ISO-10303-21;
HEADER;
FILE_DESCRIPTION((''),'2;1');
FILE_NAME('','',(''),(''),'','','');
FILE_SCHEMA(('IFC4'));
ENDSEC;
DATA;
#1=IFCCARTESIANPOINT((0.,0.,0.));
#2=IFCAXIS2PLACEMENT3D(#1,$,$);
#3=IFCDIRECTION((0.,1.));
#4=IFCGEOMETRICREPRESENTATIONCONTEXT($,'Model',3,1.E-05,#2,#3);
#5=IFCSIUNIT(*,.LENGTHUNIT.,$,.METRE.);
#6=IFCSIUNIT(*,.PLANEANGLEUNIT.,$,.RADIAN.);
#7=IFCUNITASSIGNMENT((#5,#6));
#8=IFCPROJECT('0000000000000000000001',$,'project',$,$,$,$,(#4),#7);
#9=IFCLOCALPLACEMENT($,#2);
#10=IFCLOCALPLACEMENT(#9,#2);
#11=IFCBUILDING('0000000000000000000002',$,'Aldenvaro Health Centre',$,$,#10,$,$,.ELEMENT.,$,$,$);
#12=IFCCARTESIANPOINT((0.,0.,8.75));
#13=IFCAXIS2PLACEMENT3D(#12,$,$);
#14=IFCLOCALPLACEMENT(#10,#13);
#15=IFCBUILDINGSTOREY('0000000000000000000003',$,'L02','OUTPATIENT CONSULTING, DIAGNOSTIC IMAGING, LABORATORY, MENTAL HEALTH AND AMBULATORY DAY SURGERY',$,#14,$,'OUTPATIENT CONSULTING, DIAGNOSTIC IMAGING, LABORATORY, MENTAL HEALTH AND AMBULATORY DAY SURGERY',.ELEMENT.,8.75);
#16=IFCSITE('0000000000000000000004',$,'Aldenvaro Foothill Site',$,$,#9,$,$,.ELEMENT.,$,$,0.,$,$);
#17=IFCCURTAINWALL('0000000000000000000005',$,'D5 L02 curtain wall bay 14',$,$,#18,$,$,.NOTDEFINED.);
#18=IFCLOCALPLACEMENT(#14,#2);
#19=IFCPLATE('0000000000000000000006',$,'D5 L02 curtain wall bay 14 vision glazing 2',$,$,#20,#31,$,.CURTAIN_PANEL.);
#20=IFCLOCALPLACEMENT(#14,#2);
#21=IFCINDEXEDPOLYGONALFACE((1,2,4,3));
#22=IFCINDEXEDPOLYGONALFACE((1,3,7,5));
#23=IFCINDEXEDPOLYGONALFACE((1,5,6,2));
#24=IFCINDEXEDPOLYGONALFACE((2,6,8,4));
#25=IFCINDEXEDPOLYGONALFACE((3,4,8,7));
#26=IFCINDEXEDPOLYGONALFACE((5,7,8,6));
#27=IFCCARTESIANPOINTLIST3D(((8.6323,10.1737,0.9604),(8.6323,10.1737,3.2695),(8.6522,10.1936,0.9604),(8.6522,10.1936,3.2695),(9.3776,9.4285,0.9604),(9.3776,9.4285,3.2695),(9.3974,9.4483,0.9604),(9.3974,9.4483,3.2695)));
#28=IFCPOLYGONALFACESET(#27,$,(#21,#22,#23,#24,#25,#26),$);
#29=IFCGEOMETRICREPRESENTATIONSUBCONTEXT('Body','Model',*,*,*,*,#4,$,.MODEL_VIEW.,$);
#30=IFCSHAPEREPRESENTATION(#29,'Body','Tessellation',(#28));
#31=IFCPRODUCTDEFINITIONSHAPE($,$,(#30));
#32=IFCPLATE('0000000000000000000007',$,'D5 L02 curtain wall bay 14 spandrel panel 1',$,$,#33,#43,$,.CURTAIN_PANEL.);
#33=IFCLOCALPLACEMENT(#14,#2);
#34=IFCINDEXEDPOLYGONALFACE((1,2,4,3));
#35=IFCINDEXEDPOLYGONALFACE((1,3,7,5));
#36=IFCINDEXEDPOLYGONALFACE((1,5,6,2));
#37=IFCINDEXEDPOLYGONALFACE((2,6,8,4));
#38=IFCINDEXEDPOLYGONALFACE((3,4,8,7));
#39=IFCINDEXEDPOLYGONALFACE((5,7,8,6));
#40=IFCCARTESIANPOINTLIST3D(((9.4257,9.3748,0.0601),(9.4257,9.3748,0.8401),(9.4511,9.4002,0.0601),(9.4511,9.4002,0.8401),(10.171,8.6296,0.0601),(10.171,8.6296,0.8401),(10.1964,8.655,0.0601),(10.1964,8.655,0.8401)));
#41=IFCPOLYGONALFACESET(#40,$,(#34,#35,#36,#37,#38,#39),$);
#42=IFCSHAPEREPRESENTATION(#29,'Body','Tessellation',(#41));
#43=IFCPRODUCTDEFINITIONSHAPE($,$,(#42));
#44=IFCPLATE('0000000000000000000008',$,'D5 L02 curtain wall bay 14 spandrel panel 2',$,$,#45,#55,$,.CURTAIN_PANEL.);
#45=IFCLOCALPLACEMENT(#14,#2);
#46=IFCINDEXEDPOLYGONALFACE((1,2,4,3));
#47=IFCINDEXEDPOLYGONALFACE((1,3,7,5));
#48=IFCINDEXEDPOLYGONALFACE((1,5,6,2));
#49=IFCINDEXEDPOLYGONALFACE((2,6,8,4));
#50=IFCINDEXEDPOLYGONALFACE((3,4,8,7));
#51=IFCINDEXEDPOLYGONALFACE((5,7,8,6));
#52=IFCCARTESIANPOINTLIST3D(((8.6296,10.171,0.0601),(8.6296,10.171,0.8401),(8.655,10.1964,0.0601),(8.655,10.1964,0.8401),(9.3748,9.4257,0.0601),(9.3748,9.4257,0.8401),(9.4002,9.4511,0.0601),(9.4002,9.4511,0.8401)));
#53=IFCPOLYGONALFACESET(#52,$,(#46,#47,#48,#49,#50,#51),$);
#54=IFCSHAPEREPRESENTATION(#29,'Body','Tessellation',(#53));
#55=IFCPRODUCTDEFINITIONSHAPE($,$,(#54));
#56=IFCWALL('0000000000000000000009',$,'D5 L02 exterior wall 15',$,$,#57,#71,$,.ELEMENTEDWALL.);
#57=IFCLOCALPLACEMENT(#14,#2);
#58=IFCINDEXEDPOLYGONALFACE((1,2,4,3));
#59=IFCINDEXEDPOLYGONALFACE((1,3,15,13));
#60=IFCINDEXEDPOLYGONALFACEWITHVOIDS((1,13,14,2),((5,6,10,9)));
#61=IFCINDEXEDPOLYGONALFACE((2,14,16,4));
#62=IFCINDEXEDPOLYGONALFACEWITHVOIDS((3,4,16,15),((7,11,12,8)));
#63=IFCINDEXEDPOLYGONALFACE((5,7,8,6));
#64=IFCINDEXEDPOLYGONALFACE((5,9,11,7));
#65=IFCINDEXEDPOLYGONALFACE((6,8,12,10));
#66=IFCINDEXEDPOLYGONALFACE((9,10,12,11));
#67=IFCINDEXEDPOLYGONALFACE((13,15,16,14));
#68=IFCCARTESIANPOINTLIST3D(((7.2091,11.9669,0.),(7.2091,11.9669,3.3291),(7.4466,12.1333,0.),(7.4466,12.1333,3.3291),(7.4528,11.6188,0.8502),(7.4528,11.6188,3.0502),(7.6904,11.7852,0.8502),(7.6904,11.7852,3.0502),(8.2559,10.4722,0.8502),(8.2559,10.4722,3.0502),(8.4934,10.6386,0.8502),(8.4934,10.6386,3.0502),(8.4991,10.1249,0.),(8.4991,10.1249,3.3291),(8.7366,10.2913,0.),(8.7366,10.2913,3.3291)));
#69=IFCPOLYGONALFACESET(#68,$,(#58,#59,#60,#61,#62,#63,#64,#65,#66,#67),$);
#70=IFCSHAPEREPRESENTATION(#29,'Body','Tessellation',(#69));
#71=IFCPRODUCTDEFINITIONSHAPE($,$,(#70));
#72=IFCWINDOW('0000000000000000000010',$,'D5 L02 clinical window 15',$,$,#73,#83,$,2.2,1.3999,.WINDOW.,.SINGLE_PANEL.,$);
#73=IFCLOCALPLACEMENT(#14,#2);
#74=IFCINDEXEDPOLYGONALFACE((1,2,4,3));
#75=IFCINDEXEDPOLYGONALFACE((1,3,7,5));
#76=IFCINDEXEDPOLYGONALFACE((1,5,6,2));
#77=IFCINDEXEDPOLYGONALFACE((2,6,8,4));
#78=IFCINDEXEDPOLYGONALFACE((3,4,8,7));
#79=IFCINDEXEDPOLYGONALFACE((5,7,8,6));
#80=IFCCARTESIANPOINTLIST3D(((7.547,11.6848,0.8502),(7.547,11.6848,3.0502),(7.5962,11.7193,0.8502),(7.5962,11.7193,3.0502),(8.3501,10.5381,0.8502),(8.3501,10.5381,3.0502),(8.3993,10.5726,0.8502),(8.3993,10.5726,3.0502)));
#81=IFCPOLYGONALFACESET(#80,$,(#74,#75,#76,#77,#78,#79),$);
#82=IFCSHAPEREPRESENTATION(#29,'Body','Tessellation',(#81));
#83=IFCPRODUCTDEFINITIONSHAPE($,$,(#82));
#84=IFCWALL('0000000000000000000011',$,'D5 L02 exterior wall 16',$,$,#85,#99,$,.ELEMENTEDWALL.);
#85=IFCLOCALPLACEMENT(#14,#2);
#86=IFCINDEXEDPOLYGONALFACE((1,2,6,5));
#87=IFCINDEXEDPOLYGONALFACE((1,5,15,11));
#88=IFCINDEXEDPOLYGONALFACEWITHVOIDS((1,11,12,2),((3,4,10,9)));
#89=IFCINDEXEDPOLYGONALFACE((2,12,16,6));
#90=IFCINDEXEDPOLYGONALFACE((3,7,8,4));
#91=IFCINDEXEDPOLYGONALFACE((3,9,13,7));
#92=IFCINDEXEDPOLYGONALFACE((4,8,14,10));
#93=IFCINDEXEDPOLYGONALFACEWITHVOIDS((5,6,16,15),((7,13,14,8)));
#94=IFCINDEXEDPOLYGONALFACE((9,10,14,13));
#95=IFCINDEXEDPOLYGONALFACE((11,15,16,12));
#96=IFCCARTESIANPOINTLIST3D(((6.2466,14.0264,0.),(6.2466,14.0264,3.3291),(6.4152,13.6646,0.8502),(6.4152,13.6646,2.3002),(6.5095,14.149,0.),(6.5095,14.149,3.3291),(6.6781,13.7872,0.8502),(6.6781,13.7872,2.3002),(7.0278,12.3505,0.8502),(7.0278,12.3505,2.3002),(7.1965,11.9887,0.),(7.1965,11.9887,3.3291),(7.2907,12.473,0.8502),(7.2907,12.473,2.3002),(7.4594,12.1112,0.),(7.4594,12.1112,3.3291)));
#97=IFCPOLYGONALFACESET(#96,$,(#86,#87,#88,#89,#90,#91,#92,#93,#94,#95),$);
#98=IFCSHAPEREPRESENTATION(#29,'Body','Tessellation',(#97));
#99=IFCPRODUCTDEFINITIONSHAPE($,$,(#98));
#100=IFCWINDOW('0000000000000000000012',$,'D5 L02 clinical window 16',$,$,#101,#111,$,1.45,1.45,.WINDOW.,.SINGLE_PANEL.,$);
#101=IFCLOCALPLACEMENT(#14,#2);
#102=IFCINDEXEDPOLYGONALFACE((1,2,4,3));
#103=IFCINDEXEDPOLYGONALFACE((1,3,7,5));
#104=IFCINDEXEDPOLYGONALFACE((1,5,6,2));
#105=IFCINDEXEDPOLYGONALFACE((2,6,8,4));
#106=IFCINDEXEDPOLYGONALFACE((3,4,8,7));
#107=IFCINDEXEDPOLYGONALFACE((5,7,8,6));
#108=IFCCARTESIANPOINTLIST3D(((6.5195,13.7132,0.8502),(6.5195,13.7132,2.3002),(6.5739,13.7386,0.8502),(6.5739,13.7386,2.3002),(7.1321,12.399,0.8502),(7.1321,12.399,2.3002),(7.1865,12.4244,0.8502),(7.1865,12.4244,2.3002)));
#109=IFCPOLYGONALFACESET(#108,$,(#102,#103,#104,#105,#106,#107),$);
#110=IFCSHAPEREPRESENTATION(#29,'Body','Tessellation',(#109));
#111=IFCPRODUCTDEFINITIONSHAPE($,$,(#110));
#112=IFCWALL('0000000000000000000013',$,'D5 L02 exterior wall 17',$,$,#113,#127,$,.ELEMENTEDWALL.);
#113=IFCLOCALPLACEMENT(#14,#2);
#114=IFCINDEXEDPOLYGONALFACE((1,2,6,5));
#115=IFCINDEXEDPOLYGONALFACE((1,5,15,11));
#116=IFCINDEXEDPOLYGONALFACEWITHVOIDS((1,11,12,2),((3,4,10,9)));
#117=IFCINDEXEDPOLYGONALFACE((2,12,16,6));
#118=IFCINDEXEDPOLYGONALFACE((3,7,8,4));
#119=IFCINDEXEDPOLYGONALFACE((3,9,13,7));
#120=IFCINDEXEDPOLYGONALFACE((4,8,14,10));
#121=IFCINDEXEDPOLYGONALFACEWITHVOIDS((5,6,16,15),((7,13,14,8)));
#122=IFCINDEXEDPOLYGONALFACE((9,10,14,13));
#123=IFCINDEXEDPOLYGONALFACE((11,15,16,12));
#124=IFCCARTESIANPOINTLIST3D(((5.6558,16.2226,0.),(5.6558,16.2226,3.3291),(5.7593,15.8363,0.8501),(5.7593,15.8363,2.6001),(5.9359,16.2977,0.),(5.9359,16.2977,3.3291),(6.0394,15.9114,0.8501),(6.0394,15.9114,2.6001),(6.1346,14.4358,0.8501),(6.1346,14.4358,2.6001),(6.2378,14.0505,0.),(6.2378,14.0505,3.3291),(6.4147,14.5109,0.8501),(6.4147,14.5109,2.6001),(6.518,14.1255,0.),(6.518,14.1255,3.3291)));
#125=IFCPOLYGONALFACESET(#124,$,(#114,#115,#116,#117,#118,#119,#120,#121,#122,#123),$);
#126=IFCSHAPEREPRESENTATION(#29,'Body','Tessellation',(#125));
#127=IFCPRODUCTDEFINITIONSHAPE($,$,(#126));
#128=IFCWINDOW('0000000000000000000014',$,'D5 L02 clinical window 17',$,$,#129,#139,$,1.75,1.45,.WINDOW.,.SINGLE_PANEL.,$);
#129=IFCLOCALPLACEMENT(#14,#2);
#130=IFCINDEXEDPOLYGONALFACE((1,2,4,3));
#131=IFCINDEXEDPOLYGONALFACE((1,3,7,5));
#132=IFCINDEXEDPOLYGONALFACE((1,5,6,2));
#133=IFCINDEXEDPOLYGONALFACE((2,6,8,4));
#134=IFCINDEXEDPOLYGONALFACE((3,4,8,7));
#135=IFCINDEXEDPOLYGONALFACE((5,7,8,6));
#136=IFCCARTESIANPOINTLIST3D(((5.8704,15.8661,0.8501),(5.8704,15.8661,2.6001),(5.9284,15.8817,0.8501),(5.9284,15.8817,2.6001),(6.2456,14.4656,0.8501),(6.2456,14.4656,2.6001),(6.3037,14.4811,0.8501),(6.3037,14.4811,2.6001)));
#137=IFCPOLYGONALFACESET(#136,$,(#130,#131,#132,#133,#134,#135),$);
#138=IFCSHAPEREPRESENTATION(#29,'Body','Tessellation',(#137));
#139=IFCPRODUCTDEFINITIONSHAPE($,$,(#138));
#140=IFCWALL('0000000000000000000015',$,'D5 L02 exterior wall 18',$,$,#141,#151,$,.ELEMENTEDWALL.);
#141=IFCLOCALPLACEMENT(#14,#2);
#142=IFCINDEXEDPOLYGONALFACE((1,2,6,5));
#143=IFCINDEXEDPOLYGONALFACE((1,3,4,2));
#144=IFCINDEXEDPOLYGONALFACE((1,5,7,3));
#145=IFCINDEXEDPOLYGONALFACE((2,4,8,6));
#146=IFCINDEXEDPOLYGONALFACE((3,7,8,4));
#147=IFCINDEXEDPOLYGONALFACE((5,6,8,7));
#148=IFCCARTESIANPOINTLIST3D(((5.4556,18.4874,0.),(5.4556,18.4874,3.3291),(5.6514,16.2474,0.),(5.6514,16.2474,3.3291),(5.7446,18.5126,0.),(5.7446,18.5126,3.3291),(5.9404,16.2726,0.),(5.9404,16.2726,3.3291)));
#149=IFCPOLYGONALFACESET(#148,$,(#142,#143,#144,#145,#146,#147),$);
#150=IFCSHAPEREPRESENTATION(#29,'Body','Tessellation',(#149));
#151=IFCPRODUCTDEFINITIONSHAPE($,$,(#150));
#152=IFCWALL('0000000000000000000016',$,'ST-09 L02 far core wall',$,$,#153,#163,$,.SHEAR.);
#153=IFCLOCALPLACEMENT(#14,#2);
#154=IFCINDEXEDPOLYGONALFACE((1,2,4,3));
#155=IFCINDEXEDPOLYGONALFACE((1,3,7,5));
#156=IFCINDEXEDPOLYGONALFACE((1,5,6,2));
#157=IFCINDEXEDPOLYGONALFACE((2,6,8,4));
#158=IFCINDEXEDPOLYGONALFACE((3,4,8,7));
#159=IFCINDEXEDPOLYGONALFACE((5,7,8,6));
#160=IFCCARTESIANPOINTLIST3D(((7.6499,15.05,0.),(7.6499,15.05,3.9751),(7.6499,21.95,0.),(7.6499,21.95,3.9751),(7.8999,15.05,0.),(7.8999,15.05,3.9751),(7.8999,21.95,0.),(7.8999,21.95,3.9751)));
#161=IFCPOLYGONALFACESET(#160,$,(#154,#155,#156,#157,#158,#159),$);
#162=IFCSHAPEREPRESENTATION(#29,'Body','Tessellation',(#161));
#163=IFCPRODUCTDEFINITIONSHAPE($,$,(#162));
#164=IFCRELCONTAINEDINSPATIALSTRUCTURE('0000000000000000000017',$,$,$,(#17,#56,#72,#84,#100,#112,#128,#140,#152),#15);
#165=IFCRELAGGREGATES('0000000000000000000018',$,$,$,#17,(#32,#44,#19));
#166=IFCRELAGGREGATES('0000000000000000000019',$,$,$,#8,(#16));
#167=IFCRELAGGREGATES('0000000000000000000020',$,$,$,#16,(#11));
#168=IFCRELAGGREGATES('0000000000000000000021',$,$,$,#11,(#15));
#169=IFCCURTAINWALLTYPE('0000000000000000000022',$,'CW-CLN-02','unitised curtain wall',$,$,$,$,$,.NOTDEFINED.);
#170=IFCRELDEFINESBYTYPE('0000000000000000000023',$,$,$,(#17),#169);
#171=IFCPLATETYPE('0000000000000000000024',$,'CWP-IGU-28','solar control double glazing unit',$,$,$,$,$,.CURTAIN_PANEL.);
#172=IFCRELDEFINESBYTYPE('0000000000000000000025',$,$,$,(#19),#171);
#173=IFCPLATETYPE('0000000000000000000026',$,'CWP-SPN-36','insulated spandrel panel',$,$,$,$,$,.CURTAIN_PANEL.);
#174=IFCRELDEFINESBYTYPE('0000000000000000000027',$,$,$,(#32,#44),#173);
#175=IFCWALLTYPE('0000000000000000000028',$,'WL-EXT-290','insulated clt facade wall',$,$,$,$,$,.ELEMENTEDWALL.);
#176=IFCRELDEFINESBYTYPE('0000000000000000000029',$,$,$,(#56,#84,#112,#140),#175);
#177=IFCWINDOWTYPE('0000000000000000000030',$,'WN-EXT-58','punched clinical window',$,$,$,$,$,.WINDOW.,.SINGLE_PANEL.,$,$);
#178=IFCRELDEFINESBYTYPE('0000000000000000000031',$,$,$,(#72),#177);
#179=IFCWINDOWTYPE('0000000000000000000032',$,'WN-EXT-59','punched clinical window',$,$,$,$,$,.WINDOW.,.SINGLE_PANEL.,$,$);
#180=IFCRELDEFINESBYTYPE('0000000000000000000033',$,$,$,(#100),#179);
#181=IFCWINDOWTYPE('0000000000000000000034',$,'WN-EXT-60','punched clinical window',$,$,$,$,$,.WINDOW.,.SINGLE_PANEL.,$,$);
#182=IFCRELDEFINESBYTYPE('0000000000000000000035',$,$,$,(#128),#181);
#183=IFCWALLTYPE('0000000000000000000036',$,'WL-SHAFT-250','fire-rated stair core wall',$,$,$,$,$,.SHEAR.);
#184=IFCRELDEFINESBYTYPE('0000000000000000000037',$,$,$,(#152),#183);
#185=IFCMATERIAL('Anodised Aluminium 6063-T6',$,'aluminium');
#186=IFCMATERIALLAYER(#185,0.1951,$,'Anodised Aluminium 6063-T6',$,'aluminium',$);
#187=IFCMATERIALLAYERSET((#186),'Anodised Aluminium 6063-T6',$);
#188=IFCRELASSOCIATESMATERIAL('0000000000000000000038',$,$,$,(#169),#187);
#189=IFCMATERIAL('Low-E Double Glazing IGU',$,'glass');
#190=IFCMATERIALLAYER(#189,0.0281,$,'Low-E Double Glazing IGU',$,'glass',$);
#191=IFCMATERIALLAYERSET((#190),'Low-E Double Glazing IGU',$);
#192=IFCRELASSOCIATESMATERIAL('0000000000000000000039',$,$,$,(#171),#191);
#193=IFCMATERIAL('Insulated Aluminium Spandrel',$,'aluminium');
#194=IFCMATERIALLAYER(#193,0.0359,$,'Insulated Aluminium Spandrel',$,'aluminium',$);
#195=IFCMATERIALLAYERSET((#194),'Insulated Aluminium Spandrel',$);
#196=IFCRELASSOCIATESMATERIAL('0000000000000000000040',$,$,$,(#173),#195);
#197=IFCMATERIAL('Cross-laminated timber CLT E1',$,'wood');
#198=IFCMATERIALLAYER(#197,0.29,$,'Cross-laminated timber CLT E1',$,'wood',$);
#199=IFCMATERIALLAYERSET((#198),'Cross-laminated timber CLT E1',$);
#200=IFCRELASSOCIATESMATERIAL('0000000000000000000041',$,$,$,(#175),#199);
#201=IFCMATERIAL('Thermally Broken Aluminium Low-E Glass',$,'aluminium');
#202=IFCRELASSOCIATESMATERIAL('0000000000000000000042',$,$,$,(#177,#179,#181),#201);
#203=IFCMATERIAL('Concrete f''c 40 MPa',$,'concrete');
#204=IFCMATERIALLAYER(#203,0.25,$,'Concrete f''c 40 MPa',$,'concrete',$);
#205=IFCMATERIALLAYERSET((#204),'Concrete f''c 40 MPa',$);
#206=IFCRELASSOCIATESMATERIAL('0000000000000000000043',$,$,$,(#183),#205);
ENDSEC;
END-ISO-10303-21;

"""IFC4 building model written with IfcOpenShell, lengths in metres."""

from ifc_helpers import new_model, si_unit, direction, frame, frame_2d, origin, origin_2d, place, context, subcontext, project, spatial, rectangle, extrude, material, layer, layer_set, type_object, element, fill, aggregate, save


model = new_model("IFC4")

# Units and contexts
model_context = context("Model", 3, precision=1e-05, world=origin(), true_north=direction((0.0, 1.0)))
body_context = subcontext(model_context, "Body", "Model", "MODEL_VIEW")
ifc_project = project(units=[si_unit("LENGTHUNIT", "METRE"), si_unit("PLANEANGLEUNIT", "RADIAN")], contexts=[model_context])

# Site, building, storey
site_placement = place(None, origin())
site = spatial("IfcSite", under=ifc_project, at=site_placement, Name="Aldenvaro Foothill Site", CompositionType="ELEMENT", RefElevation=0.0)
building_placement = place(site_placement, origin())
building = spatial("IfcBuilding", under=site, at=building_placement, Name="Aldenvaro Health Centre", CompositionType="ELEMENT")
storey_placement = place(building_placement, frame((0.0, 0.0, 8.75)))
storey = spatial("IfcBuildingStorey", under=building, at=storey_placement, Name="L02", Description="OUTPATIENT CONSULTING, DIAGNOSTIC IMAGING, LABORATORY, MENTAL HEALTH AND AMBULATORY DAY SURGERY", LongName="OUTPATIENT CONSULTING, DIAGNOSTIC IMAGING, LABORATORY, MENTAL HEALTH AND AMBULATORY DAY SURGERY", CompositionType="ELEMENT", Elevation=8.75)

# Curtain wall
ifc_material_1 = material(Name="Anodised Aluminium 6063-T6", Category="aluminium")
ifc_layer_1 = layer(ifc_material_1, 0.1951, Name="Anodised Aluminium 6063-T6", Category="aluminium")
ifc_layer_set_1 = layer_set([ifc_layer_1], Name="Anodised Aluminium 6063-T6")
curtain_wall_type = type_object("IfcCurtainWallType", Name="CW-CLN-02", Description="unitised curtain wall", PredefinedType="NOTDEFINED", material=ifc_layer_set_1)
curtain_wall_placement = place(storey_placement, origin())
curtain_wall = element("IfcCurtainWall", 1, at=curtain_wall_placement, inside=storey, type_object=curtain_wall_type, Name="D5 L02 curtain wall bay 14", PredefinedType="NOTDEFINED")

# Plates
ifc_material_2 = material(Name="Low-E Double Glazing IGU", Category="glass")
ifc_layer_2 = layer(ifc_material_2, 0.0281, Name="Low-E Double Glazing IGU", Category="glass")
ifc_layer_set_2 = layer_set([ifc_layer_2], Name="Low-E Double Glazing IGU")
plate_type_1 = type_object("IfcPlateType", Name="CWP-IGU-28", Description="solar control double glazing unit", PredefinedType="CURTAIN_PANEL", material=ifc_layer_set_2)
plate_1_placement = place(storey_placement, frame((9.0149, 9.811, 0.9604), z_axis=(0.0, 0.0, 1.0), x_axis=(-0.707107, 0.707107, 0.0)))
plate_1 = element("IfcPlate", 2, at=plate_1_placement, type_object=plate_type_1, Name="D5 L02 curtain wall bay 14 vision glazing 2", PredefinedType="CURTAIN_PANEL", context=body_context, shape_type="SweptSolid", body=[
    extrude(rectangle(XDim=1.054, YDim=0.0281, at=origin_2d()), origin(), (0.0, 0.0, 1.0), 2.3091),
])
ifc_material_3 = material(Name="Insulated Aluminium Spandrel", Category="aluminium")
ifc_layer_3 = layer(ifc_material_3, 0.0359, Name="Insulated Aluminium Spandrel", Category="aluminium")
ifc_layer_set_3 = layer_set([ifc_layer_3], Name="Insulated Aluminium Spandrel")
plate_type_2 = type_object("IfcPlateType", Name="CWP-SPN-36", Description="insulated spandrel panel", PredefinedType="CURTAIN_PANEL", material=ifc_layer_set_3)
plate_2_placement = place(storey_placement, frame((9.811, 9.0149, 0.0601), z_axis=(0.0, 0.0, 1.0), x_axis=(-0.707107, 0.707107, 0.0)))
plate_2 = element("IfcPlate", 3, at=plate_2_placement, type_object=plate_type_2, Name="D5 L02 curtain wall bay 14 spandrel panel 1", PredefinedType="CURTAIN_PANEL", context=body_context, shape_type="SweptSolid", body=[
    extrude(rectangle(XDim=1.054, YDim=0.0359, at=origin_2d()), origin(), (0.0, 0.0, 1.0), 0.78),
])
plate_3_placement = place(storey_placement, frame((9.0149, 9.811, 0.0601), z_axis=(0.0, 0.0, 1.0), x_axis=(-0.707107, 0.707107, 0.0)))
plate_3 = element("IfcPlate", 4, at=plate_3_placement, type_object=plate_type_2, Name="D5 L02 curtain wall bay 14 spandrel panel 2", PredefinedType="CURTAIN_PANEL", context=body_context, shape_type="SweptSolid", body=[
    extrude(rectangle(XDim=1.054, YDim=0.0359, at=origin_2d()), origin(), (0.0, 0.0, 1.0), 0.78),
])
aggregate(curtain_wall, [plate_2, plate_3, plate_1])

# Walls, openings, windows
ifc_material_4 = material(Name="Cross-laminated timber CLT E1", Category="wood")
ifc_layer_4 = layer(ifc_material_4, 0.29, Name="Cross-laminated timber CLT E1", Category="wood")
ifc_layer_set_4 = layer_set([ifc_layer_4], Name="Cross-laminated timber CLT E1")
wall_type_1 = type_object("IfcWallType", Name="WL-EXT-290", Description="insulated clt facade wall", PredefinedType="ELEMENTEDWALL", material=ifc_layer_set_4)
wall_1_placement = place(storey_placement, frame((8.6179, 10.208, 0.0), z_axis=(0.0, 0.0, 1.0), x_axis=(-0.573644, 0.819104, 0.0)))
wall_1 = element("IfcWall", 5, at=wall_1_placement, inside=storey, type_object=wall_type_1, Name="D5 L02 exterior wall 15", PredefinedType="ELEMENTEDWALL", context=body_context, shape_type="SweptSolid", body=[
    extrude(rectangle(XDim=2.2488, YDim=0.29, at=frame_2d((1.1245, 0.0))), origin(), (0.0, 0.0, 1.0), 3.3291),
])
opening_1_placement = place(wall_1_placement, frame((0.4241, 0.0, 0.8501)))
opening_1 = element("IfcOpeningElement", 6, at=opening_1_placement, cuts=wall_1, PredefinedType="OPENING", context=body_context, shape_type="SweptSolid", body=[
    extrude(rectangle(XDim=1.3999, YDim=2.2, at=frame_2d((0.7, 1.1001))), frame((0.0, 0.155, 0.0), z_axis=(0.0, -1.0, 0.0), x_axis=(1.0, 0.0, 0.0)), (0.0, 0.0, 1.0), 0.3101),
])
ifc_material_5 = material(Name="Thermally Broken Aluminium Low-E Glass", Category="aluminium")
window_type_1 = type_object("IfcWindowType", Name="WN-EXT-58", Description="punched clinical window", PartitioningType="SINGLE_PANEL", PredefinedType="WINDOW", material=ifc_material_5)
window_1_placement = place(opening_1_placement, origin())
window_1 = element("IfcWindow", 7, at=window_1_placement, inside=storey, type_object=window_type_1, Name="D5 L02 clinical window 15", OverallHeight=2.2, OverallWidth=1.3999, PartitioningType="SINGLE_PANEL", PredefinedType="WINDOW", context=body_context, shape_type="SweptSolid", body=[
    extrude(rectangle(XDim=1.3999, YDim=2.2, at=frame_2d((0.7, 1.1001))), frame((0.0, 0.03, 0.0), z_axis=(0.0, -1.0, 0.0), x_axis=(1.0, 0.0, 0.0)), (0.0, 0.0, 1.0), 0.0601),
])
fill(opening_1, window_1)
wall_2_placement = place(storey_placement, frame((7.3279, 12.05, 0.0), z_axis=(0.0, 0.0, 1.0), x_axis=(-0.422505, 0.906361, 0.0)))
wall_2 = element("IfcWall", 8, at=wall_2_placement, inside=storey, type_object=wall_type_1, Name="D5 L02 exterior wall 16", PredefinedType="ELEMENTEDWALL", context=body_context, shape_type="SweptSolid", body=[
    extrude(rectangle(XDim=2.2483, YDim=0.29, at=frame_2d((1.124, 0.0))), origin(), (0.0, 0.0, 1.0), 3.3291),
])
opening_2_placement = place(wall_2_placement, frame((0.3989, 0.0, 0.8501)))
opening_2 = element("IfcOpeningElement", 9, at=opening_2_placement, cuts=wall_2, PredefinedType="OPENING", context=body_context, shape_type="SweptSolid", body=[
    extrude(rectangle(XDim=1.45, YDim=1.45, at=frame_2d((0.7251, 0.7251))), frame((0.0, 0.155, 0.0), z_axis=(0.0, -1.0, 0.0), x_axis=(1.0, 0.0, 0.0)), (0.0, 0.0, 1.0), 0.3101),
])
window_type_2 = type_object("IfcWindowType", Name="WN-EXT-59", Description="punched clinical window", PartitioningType="SINGLE_PANEL", PredefinedType="WINDOW", material=ifc_material_5)
window_2_placement = place(opening_2_placement, origin())
window_2 = element("IfcWindow", 10, at=window_2_placement, inside=storey, type_object=window_type_2, Name="D5 L02 clinical window 16", OverallHeight=1.45, OverallWidth=1.45, PartitioningType="SINGLE_PANEL", PredefinedType="WINDOW", context=body_context, shape_type="SweptSolid", body=[
    extrude(rectangle(XDim=1.45, YDim=1.45, at=frame_2d((0.7251, 0.7251))), frame((0.0, 0.03, 0.0), z_axis=(0.0, -1.0, 0.0), x_axis=(1.0, 0.0, 0.0)), (0.0, 0.0, 1.0), 0.0601),
])
fill(opening_2, window_2)
wall_3_placement = place(storey_placement, frame((6.3779, 14.0879, 0.0), z_axis=(0.0, 0.0, 1.0), x_axis=(-0.258825, 0.965924, 0.0)))
wall_3 = element("IfcWall", 11, at=wall_3_placement, inside=storey, type_object=wall_type_1, Name="D5 L02 exterior wall 17", PredefinedType="ELEMENTEDWALL", context=body_context, shape_type="SweptSolid", body=[
    extrude(rectangle(XDim=2.2488, YDim=0.29, at=frame_2d((1.1245, 0.0))), origin(), (0.0, 0.0, 1.0), 3.3291),
])
opening_3_placement = place(wall_3_placement, frame((0.3989, 0.0, 0.8501)))
opening_3 = element("IfcOpeningElement", 12, at=opening_3_placement, cuts=wall_3, PredefinedType="OPENING", context=body_context, shape_type="SweptSolid", body=[
    extrude(rectangle(XDim=1.45, YDim=1.75, at=frame_2d((0.7251, 0.875))), frame((0.0, 0.155, 0.0), z_axis=(0.0, -1.0, 0.0), x_axis=(1.0, 0.0, 0.0)), (0.0, 0.0, 1.0), 0.3101),
])
window_type_3 = type_object("IfcWindowType", Name="WN-EXT-60", Description="punched clinical window", PartitioningType="SINGLE_PANEL", PredefinedType="WINDOW", material=ifc_material_5)
window_3_placement = place(opening_3_placement, origin())
window_3 = element("IfcWindow", 13, at=window_3_placement, inside=storey, type_object=window_type_3, Name="D5 L02 clinical window 17", OverallHeight=1.75, OverallWidth=1.45, PartitioningType="SINGLE_PANEL", PredefinedType="WINDOW", context=body_context, shape_type="SweptSolid", body=[
    extrude(rectangle(XDim=1.45, YDim=1.75, at=frame_2d((0.7251, 0.875))), frame((0.0, 0.03, 0.0), z_axis=(0.0, -1.0, 0.0), x_axis=(1.0, 0.0, 0.0)), (0.0, 0.0, 1.0), 0.0601),
])
fill(opening_3, window_3)

# Walls
wall_4_placement = place(storey_placement, frame((5.7959, 16.26, 0.0), z_axis=(0.0, 0.0, 1.0), x_axis=(-0.087079, 0.996201, 0.0)))
element("IfcWall", 14, at=wall_4_placement, inside=storey, type_object=wall_type_1, Name="D5 L02 exterior wall 18", PredefinedType="ELEMENTEDWALL", context=body_context, shape_type="SweptSolid", body=[
    extrude(rectangle(XDim=2.2485, YDim=0.29, at=frame_2d((1.1243, 0.0))), origin(), (0.0, 0.0, 1.0), 3.3291),
])
ifc_material_6 = material(Name="Concrete f'c 40 MPa", Category="concrete")
ifc_layer_5 = layer(ifc_material_6, 0.25, Name="Concrete f'c 40 MPa", Category="concrete")
ifc_layer_set_5 = layer_set([ifc_layer_5], Name="Concrete f'c 40 MPa")
wall_type_2 = type_object("IfcWallType", Name="WL-SHAFT-250", Description="fire-rated stair core wall", PredefinedType="SHEAR", material=ifc_layer_set_5)
wall_5_placement = place(storey_placement, frame((7.7749, 15.05, 0.0), z_axis=(0.0, 0.0, 1.0), x_axis=(0.0, 1.0, 0.0)))
element("IfcWall", 15, at=wall_5_placement, inside=storey, type_object=wall_type_2, Name="ST-09 L02 far core wall", PredefinedType="SHEAR", context=body_context, shape_type="SweptSolid", body=[
    extrude(rectangle(XDim=6.8999, YDim=0.25, at=frame_2d((3.45, 0.0))), origin(), (0.0, 0.0, 1.0), 3.9751),
])

save(model, "model.ifc")
